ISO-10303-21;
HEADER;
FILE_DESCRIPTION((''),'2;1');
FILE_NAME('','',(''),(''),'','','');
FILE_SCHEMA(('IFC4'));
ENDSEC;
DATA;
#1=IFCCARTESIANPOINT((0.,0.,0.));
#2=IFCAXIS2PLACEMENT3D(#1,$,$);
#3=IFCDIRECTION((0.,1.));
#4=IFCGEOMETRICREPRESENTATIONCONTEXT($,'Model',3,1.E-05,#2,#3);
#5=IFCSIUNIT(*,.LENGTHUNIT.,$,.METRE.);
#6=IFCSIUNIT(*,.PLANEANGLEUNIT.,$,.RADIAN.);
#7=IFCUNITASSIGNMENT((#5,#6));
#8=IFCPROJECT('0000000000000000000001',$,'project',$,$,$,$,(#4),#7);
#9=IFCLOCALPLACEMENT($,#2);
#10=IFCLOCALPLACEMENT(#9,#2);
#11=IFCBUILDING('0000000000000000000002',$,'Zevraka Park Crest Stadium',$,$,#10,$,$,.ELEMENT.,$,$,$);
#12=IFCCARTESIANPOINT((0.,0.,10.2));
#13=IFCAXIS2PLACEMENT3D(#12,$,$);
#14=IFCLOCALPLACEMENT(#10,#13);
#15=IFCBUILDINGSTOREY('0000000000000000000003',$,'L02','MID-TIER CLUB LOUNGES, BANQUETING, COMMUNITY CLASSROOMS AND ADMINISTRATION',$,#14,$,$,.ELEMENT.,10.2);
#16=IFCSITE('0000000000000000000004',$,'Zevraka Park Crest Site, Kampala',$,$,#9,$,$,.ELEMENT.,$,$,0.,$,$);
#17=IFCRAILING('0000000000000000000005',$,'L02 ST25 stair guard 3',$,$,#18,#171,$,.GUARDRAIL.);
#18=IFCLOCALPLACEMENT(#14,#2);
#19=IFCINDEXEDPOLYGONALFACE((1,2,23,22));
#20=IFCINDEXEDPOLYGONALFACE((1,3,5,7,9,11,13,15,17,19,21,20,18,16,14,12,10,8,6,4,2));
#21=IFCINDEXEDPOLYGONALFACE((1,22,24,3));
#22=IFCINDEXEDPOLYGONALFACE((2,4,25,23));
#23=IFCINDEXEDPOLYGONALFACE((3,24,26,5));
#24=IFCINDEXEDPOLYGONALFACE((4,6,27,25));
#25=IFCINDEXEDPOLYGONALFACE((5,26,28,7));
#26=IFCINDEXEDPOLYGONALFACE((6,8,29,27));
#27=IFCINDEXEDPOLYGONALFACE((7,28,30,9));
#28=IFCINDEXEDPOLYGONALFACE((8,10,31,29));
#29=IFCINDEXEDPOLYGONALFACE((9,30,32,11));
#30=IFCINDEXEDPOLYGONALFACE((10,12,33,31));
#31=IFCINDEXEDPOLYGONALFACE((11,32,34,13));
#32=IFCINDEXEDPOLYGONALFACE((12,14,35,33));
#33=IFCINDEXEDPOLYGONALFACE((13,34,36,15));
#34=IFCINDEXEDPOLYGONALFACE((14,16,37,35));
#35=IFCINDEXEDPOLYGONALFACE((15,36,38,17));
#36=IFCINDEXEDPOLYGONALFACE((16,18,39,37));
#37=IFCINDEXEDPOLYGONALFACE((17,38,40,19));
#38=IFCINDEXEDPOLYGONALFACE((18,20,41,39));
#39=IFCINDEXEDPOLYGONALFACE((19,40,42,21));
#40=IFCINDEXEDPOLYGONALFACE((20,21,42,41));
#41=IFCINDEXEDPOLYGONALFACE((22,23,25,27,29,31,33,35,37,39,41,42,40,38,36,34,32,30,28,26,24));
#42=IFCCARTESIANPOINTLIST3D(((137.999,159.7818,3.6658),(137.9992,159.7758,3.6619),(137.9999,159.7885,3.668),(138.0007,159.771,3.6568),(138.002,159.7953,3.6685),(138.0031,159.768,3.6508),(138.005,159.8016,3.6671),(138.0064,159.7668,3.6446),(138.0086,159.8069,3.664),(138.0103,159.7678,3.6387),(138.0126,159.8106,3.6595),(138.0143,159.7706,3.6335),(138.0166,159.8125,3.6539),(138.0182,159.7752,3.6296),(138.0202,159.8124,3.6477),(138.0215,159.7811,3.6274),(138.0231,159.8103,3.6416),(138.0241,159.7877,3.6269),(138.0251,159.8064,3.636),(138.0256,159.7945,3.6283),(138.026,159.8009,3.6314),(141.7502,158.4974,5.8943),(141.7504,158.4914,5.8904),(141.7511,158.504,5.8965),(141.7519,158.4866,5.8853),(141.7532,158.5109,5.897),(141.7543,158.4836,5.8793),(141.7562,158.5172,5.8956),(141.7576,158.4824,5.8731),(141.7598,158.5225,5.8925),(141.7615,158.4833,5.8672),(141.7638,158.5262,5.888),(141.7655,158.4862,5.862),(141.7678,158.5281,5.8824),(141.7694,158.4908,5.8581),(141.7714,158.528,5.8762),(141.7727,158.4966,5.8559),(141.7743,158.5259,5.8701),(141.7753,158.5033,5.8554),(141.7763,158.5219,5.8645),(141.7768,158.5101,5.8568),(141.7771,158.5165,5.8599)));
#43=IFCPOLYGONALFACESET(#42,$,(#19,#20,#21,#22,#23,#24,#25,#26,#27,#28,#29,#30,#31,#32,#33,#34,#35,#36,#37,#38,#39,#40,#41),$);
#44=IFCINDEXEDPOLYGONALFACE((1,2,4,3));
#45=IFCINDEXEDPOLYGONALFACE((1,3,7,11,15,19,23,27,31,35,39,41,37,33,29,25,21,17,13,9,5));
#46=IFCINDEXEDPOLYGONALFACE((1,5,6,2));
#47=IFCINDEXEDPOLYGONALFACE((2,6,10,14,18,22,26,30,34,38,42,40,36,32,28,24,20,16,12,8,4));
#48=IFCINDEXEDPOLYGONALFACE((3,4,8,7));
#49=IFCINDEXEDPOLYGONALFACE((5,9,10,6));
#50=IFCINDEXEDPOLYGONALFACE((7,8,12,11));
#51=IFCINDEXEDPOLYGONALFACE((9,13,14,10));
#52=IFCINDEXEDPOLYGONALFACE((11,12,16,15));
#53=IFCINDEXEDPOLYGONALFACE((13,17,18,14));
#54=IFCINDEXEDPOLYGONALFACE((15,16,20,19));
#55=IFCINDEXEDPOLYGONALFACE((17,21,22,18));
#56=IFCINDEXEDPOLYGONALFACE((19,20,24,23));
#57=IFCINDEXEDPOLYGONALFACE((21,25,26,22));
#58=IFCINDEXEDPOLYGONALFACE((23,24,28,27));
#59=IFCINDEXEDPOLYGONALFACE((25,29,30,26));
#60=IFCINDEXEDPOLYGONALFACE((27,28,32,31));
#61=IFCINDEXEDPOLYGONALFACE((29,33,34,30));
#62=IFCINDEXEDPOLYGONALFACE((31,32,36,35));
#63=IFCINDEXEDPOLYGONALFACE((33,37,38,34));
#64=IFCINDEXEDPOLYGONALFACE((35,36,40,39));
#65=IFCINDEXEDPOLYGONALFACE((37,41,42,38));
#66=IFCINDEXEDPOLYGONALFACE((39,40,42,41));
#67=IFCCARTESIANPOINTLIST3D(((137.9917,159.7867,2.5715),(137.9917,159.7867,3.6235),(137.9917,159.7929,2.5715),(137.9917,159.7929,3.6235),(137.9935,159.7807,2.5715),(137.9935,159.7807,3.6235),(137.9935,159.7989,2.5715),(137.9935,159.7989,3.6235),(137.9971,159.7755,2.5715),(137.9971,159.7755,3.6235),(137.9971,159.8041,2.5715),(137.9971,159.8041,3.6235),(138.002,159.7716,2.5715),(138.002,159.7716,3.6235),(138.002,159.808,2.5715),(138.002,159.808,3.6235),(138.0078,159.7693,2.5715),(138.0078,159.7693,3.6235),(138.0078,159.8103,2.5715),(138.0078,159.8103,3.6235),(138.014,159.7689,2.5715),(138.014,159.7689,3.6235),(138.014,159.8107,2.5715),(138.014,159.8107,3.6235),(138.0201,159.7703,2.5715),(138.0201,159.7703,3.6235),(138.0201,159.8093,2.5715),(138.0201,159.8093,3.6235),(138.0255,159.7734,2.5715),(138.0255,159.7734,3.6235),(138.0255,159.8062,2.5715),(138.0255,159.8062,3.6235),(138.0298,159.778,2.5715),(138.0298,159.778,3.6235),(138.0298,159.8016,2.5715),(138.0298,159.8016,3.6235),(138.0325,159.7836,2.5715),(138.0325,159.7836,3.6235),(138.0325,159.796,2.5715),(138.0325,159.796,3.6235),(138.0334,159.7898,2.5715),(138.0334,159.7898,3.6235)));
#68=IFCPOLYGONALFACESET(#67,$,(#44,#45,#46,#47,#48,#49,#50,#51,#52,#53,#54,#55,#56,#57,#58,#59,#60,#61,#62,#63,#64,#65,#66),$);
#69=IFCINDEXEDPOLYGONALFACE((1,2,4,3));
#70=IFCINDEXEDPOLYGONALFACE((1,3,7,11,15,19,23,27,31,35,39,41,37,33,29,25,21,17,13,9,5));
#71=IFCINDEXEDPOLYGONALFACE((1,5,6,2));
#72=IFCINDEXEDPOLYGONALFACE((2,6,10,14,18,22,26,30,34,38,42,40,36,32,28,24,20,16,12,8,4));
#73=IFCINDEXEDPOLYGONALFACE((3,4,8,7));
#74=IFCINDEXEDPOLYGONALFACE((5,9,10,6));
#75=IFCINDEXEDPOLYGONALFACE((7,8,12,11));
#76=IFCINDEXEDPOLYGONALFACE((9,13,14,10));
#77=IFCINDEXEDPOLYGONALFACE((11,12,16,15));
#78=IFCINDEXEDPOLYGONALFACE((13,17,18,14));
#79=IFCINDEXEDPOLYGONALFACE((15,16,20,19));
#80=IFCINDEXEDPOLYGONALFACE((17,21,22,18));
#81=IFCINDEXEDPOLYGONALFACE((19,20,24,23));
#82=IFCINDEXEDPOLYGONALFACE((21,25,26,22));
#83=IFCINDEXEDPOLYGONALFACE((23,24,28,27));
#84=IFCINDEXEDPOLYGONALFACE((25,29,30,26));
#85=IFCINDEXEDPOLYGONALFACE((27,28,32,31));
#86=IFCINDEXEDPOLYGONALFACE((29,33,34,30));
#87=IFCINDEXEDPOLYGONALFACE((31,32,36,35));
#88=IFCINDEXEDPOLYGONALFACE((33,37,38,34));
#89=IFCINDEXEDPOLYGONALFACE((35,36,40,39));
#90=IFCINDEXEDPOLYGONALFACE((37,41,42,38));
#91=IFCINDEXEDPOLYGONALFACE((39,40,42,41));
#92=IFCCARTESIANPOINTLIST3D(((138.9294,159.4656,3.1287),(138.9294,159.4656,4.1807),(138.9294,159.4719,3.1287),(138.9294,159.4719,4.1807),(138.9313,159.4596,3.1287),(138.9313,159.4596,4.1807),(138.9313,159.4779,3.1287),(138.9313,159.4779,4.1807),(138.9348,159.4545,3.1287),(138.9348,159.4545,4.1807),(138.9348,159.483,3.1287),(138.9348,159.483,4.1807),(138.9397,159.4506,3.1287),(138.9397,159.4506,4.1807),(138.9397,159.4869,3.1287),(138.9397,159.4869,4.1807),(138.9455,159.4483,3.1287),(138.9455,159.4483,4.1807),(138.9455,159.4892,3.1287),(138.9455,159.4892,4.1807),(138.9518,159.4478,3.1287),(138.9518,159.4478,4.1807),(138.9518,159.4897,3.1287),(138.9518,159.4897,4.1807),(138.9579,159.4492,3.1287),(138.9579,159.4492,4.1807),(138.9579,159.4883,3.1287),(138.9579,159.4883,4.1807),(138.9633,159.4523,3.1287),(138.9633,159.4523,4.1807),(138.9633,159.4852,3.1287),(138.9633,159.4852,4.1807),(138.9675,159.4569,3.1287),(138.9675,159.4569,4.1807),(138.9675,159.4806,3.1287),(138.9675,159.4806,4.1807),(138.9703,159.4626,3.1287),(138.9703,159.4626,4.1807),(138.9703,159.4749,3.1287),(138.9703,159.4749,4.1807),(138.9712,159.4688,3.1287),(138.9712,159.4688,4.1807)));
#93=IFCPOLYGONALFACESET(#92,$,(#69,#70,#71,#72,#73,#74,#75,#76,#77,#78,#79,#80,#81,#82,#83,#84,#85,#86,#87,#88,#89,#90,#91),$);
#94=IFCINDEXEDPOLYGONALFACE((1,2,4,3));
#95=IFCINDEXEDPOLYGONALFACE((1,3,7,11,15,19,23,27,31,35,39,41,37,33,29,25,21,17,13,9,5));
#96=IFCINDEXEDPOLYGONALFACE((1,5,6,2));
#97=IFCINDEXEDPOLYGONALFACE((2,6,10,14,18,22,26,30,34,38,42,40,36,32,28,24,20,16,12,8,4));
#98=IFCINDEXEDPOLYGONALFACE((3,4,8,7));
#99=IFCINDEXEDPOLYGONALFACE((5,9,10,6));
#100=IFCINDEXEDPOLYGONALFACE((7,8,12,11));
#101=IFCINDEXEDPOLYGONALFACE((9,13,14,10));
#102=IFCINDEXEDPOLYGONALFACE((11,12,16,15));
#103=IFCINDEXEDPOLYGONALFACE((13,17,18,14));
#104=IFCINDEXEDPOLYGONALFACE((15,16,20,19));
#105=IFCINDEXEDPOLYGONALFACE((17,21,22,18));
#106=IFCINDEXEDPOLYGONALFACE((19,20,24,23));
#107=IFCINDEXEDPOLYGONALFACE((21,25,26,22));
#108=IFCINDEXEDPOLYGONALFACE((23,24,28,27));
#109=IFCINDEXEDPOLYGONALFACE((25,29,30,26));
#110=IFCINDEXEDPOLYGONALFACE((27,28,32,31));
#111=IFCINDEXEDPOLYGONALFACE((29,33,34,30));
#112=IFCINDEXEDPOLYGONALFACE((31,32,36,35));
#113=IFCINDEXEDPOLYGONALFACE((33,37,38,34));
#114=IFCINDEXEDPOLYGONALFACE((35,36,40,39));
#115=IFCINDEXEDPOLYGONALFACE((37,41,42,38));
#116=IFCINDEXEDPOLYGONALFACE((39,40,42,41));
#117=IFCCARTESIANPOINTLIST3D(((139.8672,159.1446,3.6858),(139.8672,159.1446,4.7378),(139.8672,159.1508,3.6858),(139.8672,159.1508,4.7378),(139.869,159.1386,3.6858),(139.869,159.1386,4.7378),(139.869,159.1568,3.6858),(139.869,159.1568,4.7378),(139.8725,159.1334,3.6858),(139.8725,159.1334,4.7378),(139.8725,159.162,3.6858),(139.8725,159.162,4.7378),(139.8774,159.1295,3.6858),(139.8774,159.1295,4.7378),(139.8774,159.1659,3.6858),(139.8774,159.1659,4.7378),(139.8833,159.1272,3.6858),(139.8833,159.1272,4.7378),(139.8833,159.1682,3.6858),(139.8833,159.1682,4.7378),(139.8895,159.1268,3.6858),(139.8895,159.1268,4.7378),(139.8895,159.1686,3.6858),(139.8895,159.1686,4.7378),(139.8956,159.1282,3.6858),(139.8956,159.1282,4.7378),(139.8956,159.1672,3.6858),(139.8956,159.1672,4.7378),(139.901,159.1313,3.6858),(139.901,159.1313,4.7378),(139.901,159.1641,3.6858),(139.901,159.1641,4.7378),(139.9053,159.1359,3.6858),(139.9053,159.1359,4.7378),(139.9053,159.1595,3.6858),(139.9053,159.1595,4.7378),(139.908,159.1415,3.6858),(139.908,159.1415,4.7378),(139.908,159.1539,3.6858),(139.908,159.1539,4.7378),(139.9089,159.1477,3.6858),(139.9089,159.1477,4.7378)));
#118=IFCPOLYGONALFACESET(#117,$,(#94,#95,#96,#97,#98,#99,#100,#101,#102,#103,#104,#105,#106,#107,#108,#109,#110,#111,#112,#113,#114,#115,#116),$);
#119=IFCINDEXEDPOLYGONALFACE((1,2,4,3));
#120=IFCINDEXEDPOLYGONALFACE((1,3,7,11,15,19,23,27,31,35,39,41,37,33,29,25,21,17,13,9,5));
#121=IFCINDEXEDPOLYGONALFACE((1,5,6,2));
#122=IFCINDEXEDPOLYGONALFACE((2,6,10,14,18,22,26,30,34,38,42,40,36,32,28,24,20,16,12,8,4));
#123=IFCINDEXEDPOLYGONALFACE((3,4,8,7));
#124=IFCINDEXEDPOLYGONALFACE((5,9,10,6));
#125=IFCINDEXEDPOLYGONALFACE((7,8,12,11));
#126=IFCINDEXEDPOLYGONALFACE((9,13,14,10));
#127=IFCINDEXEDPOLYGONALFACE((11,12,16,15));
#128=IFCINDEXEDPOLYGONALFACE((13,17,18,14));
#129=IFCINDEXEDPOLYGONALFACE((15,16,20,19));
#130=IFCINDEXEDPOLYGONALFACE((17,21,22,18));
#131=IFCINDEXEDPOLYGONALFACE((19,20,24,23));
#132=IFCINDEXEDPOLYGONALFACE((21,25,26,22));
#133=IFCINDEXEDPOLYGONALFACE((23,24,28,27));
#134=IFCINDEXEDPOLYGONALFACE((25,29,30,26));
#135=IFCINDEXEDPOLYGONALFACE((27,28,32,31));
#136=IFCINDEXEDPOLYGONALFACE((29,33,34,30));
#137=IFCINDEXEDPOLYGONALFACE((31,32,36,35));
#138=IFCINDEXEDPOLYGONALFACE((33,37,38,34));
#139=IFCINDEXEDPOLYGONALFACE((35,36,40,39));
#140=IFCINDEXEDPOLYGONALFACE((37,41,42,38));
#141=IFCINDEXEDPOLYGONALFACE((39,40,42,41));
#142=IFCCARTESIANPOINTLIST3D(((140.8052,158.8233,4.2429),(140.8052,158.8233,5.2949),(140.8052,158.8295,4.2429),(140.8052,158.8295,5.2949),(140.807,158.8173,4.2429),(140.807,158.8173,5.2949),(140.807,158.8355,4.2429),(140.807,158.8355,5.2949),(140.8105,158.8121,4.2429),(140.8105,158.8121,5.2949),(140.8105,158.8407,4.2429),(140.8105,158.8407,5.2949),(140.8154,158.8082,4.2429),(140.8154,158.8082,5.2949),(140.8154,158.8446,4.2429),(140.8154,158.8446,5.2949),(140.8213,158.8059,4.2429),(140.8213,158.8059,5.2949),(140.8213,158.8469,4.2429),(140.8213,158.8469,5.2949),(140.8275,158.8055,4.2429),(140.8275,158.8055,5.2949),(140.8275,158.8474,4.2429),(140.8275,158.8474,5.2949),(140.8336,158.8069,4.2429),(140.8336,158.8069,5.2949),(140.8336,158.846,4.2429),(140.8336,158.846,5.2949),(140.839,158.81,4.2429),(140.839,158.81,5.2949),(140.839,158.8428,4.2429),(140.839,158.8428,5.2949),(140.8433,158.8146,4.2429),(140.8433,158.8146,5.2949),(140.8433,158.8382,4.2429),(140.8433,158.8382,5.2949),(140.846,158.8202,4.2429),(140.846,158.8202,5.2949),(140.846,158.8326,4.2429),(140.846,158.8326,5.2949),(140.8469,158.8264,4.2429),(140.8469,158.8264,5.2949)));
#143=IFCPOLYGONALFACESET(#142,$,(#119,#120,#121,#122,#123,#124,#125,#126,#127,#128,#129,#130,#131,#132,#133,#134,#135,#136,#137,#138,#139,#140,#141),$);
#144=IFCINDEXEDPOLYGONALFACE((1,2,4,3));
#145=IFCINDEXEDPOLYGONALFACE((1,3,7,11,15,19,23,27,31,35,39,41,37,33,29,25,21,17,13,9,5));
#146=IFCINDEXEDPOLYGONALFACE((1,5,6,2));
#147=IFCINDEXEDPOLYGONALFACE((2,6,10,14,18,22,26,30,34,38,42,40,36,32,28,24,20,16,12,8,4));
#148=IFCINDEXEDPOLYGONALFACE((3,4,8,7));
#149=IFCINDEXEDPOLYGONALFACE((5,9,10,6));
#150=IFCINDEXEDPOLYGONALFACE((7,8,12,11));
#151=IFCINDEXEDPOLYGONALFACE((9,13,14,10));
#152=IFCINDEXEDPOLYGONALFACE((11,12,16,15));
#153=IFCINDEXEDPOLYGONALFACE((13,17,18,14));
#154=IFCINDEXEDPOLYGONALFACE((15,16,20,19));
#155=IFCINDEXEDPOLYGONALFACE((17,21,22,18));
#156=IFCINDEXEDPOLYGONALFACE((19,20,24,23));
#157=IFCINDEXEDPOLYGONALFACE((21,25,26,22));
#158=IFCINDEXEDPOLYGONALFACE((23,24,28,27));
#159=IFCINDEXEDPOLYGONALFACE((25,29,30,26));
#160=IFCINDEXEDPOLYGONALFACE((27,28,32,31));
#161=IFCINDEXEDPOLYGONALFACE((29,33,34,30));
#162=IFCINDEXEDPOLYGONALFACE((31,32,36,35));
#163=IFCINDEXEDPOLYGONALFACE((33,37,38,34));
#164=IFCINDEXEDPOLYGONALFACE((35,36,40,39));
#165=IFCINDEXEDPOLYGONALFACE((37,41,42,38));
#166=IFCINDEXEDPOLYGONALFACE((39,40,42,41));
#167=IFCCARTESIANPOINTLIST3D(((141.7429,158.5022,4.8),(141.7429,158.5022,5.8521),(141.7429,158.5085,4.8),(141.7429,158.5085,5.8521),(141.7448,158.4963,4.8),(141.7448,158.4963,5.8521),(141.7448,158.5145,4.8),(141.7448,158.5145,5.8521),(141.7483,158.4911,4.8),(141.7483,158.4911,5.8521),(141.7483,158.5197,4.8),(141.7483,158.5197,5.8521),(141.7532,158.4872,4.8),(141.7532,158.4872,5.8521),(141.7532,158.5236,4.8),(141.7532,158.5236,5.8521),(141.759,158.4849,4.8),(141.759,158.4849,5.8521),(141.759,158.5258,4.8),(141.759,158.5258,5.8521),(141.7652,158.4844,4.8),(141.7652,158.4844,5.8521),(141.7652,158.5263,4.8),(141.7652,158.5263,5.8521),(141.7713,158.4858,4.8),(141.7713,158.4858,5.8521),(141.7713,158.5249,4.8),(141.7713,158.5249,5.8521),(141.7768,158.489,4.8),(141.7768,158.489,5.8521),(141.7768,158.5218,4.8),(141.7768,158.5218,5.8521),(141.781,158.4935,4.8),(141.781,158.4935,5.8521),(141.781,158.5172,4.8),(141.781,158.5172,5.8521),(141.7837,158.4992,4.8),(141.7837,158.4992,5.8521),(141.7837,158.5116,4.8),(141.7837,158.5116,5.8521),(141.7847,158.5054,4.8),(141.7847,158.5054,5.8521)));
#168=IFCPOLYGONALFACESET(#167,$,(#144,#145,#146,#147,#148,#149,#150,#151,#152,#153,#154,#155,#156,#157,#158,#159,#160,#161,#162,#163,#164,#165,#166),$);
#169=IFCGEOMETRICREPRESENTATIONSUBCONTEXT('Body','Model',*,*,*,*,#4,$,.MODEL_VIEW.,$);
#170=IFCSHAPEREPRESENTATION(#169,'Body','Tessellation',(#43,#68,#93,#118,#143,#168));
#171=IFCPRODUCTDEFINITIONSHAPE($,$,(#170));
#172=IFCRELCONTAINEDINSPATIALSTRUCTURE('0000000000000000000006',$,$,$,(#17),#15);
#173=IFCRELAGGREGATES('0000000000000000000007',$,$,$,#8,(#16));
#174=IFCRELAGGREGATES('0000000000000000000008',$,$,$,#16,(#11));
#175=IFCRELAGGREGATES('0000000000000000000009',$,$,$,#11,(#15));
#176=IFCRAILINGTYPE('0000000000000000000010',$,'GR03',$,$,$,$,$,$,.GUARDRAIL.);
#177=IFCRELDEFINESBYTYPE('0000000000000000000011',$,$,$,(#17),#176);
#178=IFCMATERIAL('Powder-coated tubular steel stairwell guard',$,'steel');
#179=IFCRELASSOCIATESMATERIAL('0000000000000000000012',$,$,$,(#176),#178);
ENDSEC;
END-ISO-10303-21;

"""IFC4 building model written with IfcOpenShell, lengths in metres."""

from ifc_helpers import new_model, si_unit, direction, frame, origin, origin_2d, place, context, subcontext, project, spatial, circle, extrude, material, type_object, element, save


model = new_model("IFC4")

# Units and contexts
model_context = context("Model", 3, precision=1e-05, world=origin(), true_north=direction((0.0, 1.0)))
body_context = subcontext(model_context, "Body", "Model", "MODEL_VIEW")
ifc_project = project(units=[si_unit("LENGTHUNIT", "METRE"), si_unit("PLANEANGLEUNIT", "RADIAN")], contexts=[model_context])

# Site, building, storey
site_placement = place(None, origin())
site = spatial("IfcSite", under=ifc_project, at=site_placement, Name="Zevraka Park Crest Site, Kampala", CompositionType="ELEMENT", RefElevation=0.0)
building_placement = place(site_placement, origin())
building = spatial("IfcBuilding", under=site, at=building_placement, Name="Zevraka Park Crest Stadium", CompositionType="ELEMENT")
storey_placement = place(building_placement, frame((0.0, 0.0, 10.2)))
storey = spatial("IfcBuildingStorey", under=building, at=storey_placement, Name="L02", Description="MID-TIER CLUB LOUNGES, BANQUETING, COMMUNITY CLASSROOMS AND ADMINISTRATION", CompositionType="ELEMENT", Elevation=10.2)

# Railing
ifc_material_1 = material(Name="Powder-coated tubular steel stairwell guard", Category="steel")
railing_type_1 = type_object("IfcRailingType", Name="GR03", PredefinedType="GUARDRAIL", material=ifc_material_1)
railing_1_placement = place(storey_placement, frame((138.0125, 159.7898, 2.5715)))
element("IfcRailing", 1, at=railing_1_placement, inside=storey, type_object=railing_type_1, Name="L02 ST25 stair guard 3", PredefinedType="GUARDRAIL", context=body_context, shape_type="SweptSolid", body=[
    extrude(circle(Radius=0.0239, at=origin_2d()), frame((0.0, 0.0, 1.0762), z_axis=(0.824739, -0.282392, 0.489959), x_axis=(0.323939, 0.946078, 0.0)), (0.0, 0.0, 1.0), 4.5483),
    extrude(circle(Radius=0.021, at=origin_2d()), origin(), (0.0, 0.0, 1.0), 1.052),
    extrude(circle(Radius=0.021, at=origin_2d()), frame((0.9377, -0.321, 0.5571)), (0.0, 0.0, 1.0), 1.052),
    extrude(circle(Radius=0.021, at=origin_2d()), frame((1.8755, -0.6421, 1.1143)), (0.0, 0.0, 1.0), 1.052),
    extrude(circle(Radius=0.021, at=origin_2d()), frame((2.8135, -0.9634, 1.6714)), (0.0, 0.0, 1.0), 1.052),
    extrude(circle(Radius=0.021, at=origin_2d()), frame((3.7512, -1.2844, 2.2285)), (0.0, 0.0, 1.0), 1.052),
])

save(model, "model.ifc")
